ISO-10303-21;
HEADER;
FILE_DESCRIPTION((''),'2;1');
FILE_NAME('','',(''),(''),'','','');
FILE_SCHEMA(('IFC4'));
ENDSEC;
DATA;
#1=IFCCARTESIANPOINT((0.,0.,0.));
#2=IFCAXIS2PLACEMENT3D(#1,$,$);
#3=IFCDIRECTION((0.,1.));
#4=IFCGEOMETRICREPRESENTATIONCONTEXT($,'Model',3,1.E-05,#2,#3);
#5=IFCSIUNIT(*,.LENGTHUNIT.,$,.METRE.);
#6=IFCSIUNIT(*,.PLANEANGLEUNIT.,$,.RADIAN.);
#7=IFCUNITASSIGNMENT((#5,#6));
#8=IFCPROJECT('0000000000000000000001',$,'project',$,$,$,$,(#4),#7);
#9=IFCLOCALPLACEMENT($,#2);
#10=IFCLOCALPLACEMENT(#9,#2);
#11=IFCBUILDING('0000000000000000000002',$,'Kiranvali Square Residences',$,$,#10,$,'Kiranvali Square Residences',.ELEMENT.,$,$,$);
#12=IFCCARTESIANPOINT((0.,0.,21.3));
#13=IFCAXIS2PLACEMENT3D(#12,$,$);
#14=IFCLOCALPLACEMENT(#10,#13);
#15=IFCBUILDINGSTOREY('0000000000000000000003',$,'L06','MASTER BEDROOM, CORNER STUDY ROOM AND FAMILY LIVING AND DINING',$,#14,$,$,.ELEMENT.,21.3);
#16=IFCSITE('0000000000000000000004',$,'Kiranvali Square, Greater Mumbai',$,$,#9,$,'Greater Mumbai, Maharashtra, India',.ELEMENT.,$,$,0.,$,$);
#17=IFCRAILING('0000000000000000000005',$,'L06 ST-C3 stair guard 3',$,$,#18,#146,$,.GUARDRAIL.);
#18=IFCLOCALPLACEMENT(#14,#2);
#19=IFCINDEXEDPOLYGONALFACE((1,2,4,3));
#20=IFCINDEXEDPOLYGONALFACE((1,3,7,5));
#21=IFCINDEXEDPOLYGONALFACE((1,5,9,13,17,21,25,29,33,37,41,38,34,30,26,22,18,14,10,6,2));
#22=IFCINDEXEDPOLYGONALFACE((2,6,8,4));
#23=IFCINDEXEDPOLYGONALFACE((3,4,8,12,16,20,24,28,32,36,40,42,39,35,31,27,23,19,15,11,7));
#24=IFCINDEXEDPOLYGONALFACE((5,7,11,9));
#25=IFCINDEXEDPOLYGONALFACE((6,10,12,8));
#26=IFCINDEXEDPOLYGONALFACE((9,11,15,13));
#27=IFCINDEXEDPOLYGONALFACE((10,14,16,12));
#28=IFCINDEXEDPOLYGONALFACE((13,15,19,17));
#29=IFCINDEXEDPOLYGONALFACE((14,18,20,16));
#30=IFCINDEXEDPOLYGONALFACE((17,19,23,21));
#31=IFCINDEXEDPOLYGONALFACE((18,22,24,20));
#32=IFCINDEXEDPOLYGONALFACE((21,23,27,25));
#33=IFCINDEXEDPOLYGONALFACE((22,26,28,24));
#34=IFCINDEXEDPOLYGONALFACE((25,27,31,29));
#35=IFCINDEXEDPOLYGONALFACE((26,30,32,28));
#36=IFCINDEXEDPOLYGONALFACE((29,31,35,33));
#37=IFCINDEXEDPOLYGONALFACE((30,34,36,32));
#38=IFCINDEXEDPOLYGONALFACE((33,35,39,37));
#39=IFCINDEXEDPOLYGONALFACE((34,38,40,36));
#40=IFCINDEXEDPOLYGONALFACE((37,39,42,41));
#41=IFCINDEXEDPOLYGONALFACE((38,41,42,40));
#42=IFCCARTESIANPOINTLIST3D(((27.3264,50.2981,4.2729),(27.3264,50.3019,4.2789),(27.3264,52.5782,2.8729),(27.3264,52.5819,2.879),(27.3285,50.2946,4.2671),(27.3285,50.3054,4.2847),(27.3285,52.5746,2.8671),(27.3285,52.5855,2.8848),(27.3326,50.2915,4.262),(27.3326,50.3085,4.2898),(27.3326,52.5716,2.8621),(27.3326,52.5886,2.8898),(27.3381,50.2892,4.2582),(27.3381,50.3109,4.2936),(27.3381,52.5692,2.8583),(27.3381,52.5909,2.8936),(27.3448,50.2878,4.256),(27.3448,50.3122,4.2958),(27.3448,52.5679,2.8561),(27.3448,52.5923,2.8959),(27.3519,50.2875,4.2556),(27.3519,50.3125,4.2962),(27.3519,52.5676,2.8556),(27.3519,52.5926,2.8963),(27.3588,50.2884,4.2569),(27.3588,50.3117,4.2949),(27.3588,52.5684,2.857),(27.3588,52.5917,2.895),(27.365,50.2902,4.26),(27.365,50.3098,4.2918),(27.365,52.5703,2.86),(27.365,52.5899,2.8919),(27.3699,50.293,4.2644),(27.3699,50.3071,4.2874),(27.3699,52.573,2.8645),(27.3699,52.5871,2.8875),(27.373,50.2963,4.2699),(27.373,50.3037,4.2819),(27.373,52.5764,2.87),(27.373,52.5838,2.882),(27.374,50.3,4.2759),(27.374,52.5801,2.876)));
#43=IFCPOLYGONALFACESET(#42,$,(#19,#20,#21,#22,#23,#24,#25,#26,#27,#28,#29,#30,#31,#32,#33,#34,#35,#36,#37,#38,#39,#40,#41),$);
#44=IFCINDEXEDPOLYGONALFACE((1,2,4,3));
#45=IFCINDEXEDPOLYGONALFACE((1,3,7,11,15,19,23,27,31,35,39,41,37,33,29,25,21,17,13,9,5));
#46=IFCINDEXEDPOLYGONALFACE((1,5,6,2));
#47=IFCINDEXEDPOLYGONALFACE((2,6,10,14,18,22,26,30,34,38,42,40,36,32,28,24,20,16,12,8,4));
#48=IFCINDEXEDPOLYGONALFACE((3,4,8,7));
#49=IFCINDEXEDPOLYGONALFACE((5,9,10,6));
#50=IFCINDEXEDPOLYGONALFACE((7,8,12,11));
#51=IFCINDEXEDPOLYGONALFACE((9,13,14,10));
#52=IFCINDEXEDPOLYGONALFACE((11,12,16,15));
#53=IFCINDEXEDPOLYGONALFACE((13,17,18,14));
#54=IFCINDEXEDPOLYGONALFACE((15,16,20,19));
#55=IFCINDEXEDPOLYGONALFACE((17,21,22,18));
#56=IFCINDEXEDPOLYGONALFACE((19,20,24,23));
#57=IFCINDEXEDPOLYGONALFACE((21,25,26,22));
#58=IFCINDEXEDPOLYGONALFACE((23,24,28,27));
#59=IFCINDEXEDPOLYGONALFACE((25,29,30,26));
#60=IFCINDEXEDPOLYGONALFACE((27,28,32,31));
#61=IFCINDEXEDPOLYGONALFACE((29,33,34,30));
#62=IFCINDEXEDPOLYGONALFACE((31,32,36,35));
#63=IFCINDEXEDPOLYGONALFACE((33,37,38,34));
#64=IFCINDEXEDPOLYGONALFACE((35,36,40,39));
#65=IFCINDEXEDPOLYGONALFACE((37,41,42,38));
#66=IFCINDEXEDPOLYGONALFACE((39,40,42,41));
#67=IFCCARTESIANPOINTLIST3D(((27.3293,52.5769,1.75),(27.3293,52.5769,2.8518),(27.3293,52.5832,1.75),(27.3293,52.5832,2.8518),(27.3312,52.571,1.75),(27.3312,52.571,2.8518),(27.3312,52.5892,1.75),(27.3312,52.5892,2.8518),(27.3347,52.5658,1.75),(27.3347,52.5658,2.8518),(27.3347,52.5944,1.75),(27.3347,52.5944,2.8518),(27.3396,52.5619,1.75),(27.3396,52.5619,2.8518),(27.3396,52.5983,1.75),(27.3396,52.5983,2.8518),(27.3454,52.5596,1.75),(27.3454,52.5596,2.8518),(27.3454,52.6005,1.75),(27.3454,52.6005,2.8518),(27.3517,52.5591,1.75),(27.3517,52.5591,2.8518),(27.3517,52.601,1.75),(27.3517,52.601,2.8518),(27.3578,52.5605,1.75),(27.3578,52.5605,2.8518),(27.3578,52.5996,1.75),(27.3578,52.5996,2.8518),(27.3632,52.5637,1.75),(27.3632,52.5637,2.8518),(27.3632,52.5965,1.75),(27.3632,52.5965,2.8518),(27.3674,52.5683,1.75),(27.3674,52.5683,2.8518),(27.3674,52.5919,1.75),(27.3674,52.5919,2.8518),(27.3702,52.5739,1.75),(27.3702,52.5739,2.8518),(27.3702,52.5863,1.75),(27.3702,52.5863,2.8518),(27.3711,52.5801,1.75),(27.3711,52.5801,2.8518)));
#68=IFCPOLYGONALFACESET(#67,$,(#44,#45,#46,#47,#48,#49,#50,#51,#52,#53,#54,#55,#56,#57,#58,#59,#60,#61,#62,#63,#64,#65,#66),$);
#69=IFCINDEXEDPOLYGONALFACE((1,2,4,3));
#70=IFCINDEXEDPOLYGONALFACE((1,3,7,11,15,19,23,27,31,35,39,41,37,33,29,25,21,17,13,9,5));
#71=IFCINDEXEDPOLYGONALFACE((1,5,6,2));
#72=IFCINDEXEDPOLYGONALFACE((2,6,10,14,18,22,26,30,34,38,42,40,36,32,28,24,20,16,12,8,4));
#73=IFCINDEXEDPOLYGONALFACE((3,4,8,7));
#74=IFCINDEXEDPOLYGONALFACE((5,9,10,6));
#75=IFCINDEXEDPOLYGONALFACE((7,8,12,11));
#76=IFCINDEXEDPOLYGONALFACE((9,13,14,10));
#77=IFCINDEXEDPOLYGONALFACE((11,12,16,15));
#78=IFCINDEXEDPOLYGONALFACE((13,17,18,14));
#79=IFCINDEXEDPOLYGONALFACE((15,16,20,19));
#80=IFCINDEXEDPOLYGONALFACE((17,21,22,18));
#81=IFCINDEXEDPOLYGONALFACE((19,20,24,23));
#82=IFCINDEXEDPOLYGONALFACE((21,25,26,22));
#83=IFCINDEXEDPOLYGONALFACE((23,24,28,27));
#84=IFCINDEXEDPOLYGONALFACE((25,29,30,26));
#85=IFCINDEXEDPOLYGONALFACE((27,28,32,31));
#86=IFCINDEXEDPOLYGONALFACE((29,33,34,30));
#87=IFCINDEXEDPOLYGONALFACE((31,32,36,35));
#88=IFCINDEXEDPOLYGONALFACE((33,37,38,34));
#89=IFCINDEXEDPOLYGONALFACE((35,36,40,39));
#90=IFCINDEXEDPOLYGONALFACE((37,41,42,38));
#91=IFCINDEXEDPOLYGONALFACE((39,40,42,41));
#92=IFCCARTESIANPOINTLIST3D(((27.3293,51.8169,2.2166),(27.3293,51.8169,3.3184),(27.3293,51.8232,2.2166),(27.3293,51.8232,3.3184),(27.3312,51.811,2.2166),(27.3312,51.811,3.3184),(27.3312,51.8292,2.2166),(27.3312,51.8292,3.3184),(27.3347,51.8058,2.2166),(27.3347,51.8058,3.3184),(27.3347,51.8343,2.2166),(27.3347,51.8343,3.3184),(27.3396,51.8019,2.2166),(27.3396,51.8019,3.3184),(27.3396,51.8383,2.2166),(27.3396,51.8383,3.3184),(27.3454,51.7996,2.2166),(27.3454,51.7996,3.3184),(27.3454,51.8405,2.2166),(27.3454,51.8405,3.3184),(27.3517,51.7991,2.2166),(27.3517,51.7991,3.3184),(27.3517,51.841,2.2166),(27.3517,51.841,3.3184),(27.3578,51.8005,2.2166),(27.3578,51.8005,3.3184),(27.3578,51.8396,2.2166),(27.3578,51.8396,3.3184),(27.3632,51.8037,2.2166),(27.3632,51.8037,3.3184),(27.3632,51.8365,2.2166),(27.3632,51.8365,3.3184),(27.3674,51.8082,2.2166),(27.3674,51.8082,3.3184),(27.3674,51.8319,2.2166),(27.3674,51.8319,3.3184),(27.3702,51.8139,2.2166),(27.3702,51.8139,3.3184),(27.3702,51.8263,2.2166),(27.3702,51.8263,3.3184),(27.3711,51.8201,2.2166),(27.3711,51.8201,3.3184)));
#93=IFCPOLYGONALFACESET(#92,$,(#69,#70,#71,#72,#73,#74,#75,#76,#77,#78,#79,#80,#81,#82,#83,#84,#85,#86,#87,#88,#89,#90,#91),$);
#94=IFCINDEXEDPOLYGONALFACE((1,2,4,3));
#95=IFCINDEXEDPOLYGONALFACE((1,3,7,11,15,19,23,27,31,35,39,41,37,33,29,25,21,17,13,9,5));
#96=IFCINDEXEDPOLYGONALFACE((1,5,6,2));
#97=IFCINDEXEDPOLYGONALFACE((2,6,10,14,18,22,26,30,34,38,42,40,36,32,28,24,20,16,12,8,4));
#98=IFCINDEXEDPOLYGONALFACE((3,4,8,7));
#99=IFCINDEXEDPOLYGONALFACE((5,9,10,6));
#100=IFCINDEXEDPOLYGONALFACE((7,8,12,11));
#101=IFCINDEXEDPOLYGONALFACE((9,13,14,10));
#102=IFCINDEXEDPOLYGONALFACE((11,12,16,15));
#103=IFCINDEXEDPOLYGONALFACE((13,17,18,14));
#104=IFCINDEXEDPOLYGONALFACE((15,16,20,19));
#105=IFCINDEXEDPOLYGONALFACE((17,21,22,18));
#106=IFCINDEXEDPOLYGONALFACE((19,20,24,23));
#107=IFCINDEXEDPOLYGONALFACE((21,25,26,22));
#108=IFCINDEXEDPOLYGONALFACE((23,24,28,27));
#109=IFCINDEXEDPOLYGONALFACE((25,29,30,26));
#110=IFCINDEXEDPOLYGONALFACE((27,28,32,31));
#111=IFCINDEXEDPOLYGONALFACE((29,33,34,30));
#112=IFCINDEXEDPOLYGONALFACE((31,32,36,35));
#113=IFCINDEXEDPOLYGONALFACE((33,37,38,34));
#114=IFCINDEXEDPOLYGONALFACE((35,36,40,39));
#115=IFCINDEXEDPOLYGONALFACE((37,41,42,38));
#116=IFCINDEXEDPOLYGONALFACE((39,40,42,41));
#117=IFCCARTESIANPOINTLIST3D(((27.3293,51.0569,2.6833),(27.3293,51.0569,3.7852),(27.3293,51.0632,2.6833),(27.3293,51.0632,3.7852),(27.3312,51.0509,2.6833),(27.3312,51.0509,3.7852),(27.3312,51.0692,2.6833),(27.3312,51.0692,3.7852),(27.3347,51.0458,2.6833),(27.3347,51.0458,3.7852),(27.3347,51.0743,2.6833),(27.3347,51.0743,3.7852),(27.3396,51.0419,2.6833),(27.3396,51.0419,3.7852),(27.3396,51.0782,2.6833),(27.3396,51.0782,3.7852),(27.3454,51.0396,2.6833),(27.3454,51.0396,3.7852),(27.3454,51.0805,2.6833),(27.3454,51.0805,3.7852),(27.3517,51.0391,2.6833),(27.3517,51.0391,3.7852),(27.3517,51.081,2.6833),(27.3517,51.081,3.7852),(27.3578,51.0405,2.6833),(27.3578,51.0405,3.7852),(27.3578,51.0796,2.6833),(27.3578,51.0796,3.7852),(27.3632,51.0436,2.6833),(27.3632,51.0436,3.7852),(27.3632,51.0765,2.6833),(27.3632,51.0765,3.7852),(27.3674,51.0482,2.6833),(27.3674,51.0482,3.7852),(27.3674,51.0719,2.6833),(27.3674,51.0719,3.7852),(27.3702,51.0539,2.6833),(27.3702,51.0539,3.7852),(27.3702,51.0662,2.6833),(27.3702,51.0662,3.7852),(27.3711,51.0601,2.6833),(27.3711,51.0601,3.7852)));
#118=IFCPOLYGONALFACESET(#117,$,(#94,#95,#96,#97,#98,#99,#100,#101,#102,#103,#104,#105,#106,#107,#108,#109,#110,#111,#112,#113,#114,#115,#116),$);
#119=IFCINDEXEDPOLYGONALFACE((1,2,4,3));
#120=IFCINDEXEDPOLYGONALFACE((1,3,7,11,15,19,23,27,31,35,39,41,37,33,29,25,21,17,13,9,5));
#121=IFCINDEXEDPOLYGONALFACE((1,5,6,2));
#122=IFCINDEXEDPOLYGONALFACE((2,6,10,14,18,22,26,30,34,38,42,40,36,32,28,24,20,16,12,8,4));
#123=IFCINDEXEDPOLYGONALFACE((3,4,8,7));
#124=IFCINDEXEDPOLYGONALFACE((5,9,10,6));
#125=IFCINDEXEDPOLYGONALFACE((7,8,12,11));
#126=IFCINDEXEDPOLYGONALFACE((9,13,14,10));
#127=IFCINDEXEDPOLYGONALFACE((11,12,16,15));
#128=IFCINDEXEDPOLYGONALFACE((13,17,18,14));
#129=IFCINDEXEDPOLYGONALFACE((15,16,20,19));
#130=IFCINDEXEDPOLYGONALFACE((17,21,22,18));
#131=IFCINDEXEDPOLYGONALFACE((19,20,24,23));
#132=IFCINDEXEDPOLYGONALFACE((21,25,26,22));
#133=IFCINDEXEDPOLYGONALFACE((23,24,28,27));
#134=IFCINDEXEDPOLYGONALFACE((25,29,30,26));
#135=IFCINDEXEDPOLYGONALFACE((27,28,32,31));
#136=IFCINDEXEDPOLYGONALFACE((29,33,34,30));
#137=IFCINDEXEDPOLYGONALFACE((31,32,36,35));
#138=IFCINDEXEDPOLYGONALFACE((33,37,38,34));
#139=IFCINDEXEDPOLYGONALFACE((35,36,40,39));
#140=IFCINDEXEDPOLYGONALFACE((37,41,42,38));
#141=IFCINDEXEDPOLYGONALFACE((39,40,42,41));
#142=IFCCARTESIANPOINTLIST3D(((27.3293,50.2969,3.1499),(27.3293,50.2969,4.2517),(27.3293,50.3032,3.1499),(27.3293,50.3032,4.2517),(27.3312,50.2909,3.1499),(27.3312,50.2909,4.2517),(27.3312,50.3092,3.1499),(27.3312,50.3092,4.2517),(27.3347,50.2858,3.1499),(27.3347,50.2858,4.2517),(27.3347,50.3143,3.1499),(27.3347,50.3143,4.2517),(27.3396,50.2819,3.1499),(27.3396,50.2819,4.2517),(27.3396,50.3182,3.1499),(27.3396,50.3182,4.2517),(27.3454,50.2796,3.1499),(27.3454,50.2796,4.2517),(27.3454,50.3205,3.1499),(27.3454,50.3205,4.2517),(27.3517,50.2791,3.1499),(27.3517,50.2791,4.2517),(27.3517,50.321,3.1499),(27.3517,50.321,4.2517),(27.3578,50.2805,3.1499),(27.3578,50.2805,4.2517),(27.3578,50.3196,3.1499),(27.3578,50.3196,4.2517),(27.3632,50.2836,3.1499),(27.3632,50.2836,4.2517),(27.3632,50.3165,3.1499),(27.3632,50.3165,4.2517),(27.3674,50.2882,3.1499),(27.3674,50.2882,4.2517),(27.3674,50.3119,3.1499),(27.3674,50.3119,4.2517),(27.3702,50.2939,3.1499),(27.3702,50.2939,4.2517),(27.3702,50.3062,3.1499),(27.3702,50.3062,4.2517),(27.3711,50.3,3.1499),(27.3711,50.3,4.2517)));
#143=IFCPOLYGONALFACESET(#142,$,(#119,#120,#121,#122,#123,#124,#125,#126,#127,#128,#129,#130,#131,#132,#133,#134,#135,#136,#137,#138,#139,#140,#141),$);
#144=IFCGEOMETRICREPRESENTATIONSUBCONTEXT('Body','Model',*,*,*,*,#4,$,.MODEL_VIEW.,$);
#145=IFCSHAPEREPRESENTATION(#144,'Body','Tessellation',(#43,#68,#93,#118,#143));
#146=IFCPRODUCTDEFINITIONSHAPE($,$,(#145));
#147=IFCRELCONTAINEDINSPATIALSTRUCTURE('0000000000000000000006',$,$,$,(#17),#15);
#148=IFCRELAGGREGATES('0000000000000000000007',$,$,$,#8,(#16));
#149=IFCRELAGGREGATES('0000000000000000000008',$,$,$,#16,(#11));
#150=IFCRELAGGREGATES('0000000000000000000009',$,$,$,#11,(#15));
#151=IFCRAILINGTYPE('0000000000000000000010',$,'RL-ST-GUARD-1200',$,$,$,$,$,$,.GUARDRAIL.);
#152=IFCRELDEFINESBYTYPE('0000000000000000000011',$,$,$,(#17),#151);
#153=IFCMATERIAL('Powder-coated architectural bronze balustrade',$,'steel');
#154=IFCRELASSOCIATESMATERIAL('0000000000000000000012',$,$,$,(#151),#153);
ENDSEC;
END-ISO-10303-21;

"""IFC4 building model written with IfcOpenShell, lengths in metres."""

from ifc_helpers import new_model, si_unit, direction, frame, origin, origin_2d, place, context, subcontext, project, spatial, circle, extrude, material, type_object, element, save


model = new_model("IFC4")

# Units and contexts
model_context = context("Model", 3, precision=1e-05, world=origin(), true_north=direction((0.0, 1.0)))
body_context = subcontext(model_context, "Body", "Model", "MODEL_VIEW")
ifc_project = project(units=[si_unit("LENGTHUNIT", "METRE"), si_unit("PLANEANGLEUNIT", "RADIAN")], contexts=[model_context])

# Site, building, storey
site_placement = place(None, origin())
site = spatial("IfcSite", under=ifc_project, at=site_placement, Name="Kiranvali Square, Greater Mumbai", LongName="Greater Mumbai, Maharashtra, India", CompositionType="ELEMENT", RefElevation=0.0)
building_placement = place(site_placement, origin())
building = spatial("IfcBuilding", under=site, at=building_placement, Name="Kiranvali Square Residences", LongName="Kiranvali Square Residences", CompositionType="ELEMENT")
storey_placement = place(building_placement, frame((0.0, 0.0, 21.3)))
storey = spatial("IfcBuildingStorey", under=building, at=storey_placement, Name="L06", Description="MASTER BEDROOM, CORNER STUDY ROOM AND FAMILY LIVING AND DINING", CompositionType="ELEMENT", Elevation=21.3)

# Railing
ifc_material_1 = material(Name="Powder-coated architectural bronze balustrade", Category="steel")
railing_type_1 = type_object("IfcRailingType", Name="RL-ST-GUARD-1200", PredefinedType="GUARDRAIL", material=ifc_material_1)
railing_1_placement = place(storey_placement, frame((27.3501, 52.5801, 1.75)))
element("IfcRailing", 1, at=railing_1_placement, inside=storey, type_object=railing_type_1, Name="L06 ST-C3 stair guard 3", PredefinedType="GUARDRAIL", context=body_context, shape_type="SweptSolid", body=[
    extrude(circle(Radius=0.0239, at=origin_2d()), frame((0.0, 0.0, 1.126), z_axis=(0.0, -0.85219, 0.523232), x_axis=(1.0, 0.0, 0.0)), (0.0, 0.0, 1.0), 2.6755),
    extrude(circle(Radius=0.021, at=origin_2d()), origin(), (0.0, 0.0, 1.0), 1.1018),
    extrude(circle(Radius=0.021, at=origin_2d()), frame((0.0, -0.76, 0.4666)), (0.0, 0.0, 1.0), 1.1018),
    extrude(circle(Radius=0.021, at=origin_2d()), frame((0.0, -1.52, 0.9333)), (0.0, 0.0, 1.0), 1.1018),
    extrude(circle(Radius=0.021, at=origin_2d()), frame((0.0, -2.28, 1.3999)), (0.0, 0.0, 1.0), 1.1018),
])

save(model, "model.ifc")
